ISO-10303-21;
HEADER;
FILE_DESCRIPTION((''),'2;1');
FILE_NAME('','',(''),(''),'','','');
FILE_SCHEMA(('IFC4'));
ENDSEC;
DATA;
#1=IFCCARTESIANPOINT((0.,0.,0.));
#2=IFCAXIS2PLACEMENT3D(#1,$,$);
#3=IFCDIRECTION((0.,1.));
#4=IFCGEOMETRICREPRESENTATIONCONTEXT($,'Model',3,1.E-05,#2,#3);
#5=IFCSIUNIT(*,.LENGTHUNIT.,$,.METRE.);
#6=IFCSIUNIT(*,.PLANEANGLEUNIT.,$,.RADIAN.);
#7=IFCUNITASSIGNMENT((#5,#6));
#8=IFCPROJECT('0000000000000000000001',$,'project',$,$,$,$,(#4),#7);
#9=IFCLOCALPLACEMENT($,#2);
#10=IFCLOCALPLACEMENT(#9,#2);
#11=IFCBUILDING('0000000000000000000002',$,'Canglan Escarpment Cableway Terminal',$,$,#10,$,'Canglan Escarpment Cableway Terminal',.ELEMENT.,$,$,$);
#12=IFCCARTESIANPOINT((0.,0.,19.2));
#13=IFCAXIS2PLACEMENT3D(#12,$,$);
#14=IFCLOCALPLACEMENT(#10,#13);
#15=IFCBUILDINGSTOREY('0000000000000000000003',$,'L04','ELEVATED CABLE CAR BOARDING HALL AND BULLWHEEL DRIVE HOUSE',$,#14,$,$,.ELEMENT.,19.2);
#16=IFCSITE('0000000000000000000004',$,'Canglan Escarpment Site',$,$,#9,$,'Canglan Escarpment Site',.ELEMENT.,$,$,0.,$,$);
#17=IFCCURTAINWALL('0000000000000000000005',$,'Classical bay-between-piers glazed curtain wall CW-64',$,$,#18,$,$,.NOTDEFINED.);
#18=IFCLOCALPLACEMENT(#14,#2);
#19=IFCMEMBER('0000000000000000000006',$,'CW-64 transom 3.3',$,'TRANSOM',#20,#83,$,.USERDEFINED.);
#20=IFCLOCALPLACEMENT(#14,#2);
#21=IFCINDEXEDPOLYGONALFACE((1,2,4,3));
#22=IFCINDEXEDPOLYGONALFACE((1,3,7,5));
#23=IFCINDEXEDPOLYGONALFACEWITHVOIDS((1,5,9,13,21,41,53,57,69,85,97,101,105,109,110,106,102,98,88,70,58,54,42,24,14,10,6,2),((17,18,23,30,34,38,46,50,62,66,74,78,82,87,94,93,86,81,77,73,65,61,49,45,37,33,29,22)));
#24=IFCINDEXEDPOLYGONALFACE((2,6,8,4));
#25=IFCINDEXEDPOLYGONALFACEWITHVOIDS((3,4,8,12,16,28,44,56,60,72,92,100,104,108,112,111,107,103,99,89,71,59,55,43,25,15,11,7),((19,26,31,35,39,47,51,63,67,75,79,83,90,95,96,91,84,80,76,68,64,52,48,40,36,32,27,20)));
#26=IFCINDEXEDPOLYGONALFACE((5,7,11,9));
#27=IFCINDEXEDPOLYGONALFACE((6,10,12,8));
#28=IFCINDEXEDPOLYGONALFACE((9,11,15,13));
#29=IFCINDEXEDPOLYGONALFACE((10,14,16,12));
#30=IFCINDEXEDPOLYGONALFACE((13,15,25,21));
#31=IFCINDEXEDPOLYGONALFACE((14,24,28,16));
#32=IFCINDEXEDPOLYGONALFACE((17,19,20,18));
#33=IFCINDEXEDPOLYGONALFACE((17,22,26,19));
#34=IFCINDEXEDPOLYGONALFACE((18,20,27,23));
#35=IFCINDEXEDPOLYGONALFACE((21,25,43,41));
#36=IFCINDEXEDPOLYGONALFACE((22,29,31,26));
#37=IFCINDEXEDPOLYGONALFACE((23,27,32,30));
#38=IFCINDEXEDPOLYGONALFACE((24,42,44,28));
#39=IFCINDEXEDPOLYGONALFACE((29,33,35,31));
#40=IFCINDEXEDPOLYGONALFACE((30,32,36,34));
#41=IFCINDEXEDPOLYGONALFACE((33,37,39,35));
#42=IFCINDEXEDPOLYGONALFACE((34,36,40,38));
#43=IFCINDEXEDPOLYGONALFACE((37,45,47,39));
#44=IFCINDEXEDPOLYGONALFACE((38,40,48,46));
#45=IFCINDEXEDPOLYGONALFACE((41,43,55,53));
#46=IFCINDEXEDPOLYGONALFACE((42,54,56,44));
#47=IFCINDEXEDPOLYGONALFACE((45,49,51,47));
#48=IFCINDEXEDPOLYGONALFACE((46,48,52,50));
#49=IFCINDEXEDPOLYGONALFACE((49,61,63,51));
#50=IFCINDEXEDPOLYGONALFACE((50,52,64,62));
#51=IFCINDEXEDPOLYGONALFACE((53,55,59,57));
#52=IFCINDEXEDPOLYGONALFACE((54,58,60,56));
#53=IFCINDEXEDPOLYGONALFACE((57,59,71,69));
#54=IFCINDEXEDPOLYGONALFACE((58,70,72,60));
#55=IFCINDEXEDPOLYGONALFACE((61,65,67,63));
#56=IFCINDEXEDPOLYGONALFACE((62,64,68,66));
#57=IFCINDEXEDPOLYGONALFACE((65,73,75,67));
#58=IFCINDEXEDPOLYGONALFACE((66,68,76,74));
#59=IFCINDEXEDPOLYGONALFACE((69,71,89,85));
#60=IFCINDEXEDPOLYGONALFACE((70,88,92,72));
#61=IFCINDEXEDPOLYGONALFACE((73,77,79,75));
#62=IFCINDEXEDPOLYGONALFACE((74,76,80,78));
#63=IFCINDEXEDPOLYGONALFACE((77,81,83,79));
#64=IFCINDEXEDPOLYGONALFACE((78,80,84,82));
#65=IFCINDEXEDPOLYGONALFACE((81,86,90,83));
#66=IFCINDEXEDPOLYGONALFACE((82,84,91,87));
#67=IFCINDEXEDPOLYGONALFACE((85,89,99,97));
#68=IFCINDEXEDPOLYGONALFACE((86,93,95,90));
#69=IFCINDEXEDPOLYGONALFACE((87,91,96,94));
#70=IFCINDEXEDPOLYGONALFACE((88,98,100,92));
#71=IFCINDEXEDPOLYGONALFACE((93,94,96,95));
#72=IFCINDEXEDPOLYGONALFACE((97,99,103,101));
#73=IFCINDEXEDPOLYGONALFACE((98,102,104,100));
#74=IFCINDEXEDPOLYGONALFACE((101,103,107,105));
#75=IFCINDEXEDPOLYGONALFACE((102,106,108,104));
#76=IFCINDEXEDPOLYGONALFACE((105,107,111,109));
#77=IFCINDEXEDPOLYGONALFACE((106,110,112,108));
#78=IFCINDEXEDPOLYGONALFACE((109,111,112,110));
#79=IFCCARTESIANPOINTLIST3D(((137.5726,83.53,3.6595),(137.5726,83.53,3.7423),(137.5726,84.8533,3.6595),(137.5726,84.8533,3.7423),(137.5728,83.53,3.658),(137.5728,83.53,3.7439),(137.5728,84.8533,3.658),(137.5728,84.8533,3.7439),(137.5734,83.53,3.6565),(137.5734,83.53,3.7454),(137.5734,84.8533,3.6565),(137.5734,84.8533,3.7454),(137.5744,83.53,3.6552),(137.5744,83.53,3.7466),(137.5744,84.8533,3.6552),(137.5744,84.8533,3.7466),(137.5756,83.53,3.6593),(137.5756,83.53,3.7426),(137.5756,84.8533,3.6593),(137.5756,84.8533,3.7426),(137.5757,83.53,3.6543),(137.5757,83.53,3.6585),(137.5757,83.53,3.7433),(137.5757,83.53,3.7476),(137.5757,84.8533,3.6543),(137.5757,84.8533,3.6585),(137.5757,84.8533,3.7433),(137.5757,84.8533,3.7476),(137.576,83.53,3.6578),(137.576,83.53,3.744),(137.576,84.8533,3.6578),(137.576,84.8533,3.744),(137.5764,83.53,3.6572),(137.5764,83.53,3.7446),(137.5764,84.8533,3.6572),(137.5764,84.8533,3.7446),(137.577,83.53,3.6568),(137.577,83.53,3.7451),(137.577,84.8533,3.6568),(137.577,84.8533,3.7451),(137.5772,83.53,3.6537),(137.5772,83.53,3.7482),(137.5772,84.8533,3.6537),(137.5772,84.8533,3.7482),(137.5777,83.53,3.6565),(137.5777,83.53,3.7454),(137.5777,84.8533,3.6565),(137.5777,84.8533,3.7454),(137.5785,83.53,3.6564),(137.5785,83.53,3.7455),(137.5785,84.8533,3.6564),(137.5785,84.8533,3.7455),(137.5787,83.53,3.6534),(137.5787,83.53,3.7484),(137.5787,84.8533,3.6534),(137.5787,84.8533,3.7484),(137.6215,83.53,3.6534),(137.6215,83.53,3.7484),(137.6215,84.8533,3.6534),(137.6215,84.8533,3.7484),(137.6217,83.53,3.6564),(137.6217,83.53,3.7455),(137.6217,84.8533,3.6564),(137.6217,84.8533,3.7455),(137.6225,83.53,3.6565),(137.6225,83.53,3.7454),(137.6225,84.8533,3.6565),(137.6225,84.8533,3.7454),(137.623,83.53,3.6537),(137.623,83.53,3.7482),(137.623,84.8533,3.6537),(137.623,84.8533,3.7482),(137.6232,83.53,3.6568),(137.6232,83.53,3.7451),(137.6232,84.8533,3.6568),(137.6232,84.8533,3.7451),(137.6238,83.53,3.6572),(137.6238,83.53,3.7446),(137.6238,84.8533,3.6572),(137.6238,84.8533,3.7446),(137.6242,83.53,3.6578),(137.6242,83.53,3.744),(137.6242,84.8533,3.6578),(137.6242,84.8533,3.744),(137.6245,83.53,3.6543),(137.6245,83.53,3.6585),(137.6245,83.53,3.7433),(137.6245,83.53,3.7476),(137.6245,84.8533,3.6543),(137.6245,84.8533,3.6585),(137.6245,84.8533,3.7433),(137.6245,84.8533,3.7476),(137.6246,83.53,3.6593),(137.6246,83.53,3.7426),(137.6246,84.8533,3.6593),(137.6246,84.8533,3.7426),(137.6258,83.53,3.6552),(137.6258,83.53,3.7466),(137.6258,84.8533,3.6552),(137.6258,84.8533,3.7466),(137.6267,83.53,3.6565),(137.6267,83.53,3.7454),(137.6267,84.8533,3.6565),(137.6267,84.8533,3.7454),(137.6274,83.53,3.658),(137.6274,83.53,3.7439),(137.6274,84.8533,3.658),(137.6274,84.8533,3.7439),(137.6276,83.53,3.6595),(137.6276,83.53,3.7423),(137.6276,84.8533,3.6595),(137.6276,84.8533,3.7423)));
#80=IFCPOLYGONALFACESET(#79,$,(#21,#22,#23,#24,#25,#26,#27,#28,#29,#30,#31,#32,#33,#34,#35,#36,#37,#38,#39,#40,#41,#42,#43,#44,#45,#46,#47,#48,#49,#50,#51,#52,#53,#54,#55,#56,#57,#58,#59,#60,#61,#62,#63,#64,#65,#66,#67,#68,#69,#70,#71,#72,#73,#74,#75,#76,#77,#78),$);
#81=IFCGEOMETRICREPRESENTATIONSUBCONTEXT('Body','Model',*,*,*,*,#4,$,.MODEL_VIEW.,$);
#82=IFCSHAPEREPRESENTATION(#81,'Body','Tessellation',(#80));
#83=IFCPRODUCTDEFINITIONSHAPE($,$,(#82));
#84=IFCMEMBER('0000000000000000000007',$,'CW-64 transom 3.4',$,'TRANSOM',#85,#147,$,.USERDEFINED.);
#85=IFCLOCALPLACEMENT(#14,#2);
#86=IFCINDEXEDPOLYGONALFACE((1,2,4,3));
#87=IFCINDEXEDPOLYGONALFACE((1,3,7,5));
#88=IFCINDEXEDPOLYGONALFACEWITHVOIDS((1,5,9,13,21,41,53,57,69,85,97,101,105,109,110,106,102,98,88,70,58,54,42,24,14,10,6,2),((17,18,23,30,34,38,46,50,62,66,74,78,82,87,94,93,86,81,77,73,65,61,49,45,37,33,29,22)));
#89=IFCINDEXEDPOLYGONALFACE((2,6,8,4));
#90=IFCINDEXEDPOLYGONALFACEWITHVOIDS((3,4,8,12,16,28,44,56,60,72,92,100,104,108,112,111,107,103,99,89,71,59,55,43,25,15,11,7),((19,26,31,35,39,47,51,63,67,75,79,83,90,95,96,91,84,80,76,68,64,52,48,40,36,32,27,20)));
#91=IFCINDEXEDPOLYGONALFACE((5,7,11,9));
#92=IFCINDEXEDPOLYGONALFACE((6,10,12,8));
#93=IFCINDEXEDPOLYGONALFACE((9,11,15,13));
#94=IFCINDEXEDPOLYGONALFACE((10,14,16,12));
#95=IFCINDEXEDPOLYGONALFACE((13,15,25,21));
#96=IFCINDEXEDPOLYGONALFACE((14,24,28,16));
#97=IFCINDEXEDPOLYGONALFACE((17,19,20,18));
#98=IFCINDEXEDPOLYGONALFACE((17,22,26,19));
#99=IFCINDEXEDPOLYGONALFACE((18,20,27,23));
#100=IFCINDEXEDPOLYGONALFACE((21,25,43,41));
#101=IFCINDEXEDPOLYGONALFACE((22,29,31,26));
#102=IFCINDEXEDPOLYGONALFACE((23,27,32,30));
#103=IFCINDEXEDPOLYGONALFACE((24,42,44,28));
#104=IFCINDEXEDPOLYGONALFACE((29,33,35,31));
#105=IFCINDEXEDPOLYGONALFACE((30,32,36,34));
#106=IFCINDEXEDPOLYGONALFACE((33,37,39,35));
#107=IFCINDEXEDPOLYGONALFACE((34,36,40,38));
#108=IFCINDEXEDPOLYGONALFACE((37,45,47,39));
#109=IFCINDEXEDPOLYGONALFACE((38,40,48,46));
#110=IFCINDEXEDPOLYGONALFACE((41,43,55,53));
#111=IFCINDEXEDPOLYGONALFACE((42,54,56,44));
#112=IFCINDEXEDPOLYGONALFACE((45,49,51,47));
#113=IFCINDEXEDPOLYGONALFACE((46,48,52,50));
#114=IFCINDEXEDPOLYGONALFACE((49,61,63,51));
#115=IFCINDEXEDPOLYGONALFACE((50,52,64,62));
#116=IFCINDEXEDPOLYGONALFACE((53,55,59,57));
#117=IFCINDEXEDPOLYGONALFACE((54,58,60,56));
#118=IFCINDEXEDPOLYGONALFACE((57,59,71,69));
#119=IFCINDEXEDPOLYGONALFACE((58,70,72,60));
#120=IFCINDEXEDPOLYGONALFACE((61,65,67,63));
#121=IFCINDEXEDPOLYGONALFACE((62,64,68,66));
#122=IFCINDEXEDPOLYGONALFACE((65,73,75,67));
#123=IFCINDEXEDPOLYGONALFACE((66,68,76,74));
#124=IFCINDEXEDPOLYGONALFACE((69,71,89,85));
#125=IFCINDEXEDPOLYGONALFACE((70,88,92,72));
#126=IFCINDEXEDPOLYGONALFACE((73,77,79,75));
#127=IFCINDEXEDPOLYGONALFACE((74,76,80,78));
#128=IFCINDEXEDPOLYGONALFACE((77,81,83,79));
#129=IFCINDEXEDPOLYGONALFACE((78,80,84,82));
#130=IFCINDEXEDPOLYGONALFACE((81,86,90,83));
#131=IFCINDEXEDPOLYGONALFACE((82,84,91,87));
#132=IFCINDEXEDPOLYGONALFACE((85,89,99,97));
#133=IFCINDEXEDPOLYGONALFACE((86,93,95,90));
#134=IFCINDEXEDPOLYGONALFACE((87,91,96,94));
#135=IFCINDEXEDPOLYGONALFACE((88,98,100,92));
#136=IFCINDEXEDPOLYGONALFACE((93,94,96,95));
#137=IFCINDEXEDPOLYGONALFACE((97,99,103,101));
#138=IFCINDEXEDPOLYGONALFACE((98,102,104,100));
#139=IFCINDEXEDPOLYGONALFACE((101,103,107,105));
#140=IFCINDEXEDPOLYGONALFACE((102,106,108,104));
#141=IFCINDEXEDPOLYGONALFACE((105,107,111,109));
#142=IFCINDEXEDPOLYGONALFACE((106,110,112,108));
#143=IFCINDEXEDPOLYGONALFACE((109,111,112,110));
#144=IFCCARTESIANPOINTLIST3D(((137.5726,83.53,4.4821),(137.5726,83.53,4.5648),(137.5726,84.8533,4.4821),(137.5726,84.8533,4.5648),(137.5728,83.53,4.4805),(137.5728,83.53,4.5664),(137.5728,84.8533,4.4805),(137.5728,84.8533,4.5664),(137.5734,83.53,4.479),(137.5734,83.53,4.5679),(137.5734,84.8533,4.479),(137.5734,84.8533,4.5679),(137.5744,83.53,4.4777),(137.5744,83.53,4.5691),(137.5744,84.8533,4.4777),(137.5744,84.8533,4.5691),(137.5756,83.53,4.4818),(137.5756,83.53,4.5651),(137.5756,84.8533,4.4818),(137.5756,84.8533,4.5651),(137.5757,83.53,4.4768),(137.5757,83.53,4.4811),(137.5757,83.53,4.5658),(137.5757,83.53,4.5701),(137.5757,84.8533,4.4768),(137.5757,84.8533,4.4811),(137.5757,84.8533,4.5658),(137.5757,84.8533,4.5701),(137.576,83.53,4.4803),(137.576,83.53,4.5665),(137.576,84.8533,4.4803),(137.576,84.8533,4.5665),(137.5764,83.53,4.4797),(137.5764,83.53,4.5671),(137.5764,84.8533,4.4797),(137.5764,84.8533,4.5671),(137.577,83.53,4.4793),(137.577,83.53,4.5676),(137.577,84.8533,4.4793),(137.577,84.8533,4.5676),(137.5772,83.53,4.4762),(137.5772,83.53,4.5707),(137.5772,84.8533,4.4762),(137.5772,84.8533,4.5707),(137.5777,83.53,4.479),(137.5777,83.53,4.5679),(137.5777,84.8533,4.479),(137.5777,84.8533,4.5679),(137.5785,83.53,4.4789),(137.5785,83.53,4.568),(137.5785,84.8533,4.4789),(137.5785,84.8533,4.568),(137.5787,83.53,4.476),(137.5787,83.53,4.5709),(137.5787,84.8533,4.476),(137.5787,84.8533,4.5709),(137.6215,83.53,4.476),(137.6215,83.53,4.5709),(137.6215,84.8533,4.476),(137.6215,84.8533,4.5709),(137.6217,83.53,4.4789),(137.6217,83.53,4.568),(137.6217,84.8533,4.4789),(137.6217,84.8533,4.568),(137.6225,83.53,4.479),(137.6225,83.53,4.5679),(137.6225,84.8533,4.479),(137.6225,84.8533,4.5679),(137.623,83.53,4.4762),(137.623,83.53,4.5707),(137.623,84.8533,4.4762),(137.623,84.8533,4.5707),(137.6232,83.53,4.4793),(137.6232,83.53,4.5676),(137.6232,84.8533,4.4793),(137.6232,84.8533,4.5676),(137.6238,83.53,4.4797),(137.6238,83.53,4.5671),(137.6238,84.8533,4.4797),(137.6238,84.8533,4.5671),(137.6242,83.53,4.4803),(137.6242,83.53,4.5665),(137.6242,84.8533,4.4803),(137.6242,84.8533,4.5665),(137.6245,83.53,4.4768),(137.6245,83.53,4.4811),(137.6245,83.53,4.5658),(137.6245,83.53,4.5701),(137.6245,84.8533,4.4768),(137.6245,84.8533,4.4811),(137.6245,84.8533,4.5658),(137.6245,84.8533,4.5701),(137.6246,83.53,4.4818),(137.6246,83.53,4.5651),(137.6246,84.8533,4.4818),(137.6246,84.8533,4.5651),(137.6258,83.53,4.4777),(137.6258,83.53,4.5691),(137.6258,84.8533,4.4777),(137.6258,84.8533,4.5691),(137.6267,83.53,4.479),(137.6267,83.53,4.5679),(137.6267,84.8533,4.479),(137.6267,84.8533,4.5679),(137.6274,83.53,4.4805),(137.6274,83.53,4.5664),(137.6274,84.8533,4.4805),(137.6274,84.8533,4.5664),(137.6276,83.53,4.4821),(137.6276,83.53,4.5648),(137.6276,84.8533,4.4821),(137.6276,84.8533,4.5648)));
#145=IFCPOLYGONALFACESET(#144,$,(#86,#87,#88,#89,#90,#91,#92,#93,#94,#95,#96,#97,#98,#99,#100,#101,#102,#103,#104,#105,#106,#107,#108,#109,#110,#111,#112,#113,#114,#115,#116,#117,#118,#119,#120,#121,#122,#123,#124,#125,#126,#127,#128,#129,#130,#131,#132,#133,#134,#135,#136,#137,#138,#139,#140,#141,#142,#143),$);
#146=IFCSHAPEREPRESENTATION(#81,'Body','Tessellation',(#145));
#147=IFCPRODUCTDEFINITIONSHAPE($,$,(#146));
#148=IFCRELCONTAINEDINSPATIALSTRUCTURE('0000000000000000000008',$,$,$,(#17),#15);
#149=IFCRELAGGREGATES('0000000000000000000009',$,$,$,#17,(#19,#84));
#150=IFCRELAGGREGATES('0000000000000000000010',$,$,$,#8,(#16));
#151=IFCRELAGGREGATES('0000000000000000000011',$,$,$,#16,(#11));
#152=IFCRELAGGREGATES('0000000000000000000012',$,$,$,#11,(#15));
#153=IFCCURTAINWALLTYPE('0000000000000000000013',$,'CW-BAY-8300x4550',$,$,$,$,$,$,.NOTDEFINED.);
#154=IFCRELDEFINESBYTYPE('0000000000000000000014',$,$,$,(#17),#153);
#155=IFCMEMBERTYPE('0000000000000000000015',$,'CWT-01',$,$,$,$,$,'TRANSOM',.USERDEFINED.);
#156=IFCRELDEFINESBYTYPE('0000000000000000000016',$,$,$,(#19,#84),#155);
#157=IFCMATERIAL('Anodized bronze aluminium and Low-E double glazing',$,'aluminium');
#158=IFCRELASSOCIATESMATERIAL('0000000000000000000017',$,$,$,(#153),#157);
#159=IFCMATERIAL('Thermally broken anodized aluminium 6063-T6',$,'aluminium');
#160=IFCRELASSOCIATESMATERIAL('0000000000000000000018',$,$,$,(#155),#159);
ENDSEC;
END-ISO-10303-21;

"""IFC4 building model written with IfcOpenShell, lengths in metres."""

from ifc_helpers import new_model, si_unit, direction, frame, origin, origin_2d, place, context, subcontext, project, spatial, hollow_rectangle, extrude, material, material_profile, profile_set, type_object, element, aggregate, save


model = new_model("IFC4")

# Units and contexts
model_context = context("Model", 3, precision=1e-05, world=origin(), true_north=direction((0.0, 1.0)))
body_context = subcontext(model_context, "Body", "Model", "MODEL_VIEW")
ifc_project = project(units=[si_unit("LENGTHUNIT", "METRE"), si_unit("PLANEANGLEUNIT", "RADIAN")], contexts=[model_context])

# Site, building, storey
site_placement = place(None, origin())
site = spatial("IfcSite", under=ifc_project, at=site_placement, Name="Canglan Escarpment Site", LongName="Canglan Escarpment Site", CompositionType="ELEMENT", RefElevation=0.0)
building_placement = place(site_placement, origin())
building = spatial("IfcBuilding", under=site, at=building_placement, Name="Canglan Escarpment Cableway Terminal", LongName="Canglan Escarpment Cableway Terminal", CompositionType="ELEMENT")
storey_placement = place(building_placement, frame((0.0, 0.0, 19.2)))
storey = spatial("IfcBuildingStorey", under=building, at=storey_placement, Name="L04", Description="ELEVATED CABLE CAR BOARDING HALL AND BULLWHEEL DRIVE HOUSE", CompositionType="ELEMENT", Elevation=19.2)

# Curtain wall, members
ifc_material_1 = material(Name="Anodized bronze aluminium and Low-E double glazing", Category="aluminium")
curtain_wall_type = type_object("IfcCurtainWallType", Name="CW-BAY-8300x4550", PredefinedType="NOTDEFINED", material=ifc_material_1)
curtain_wall_placement = place(storey_placement, origin())
curtain_wall = element("IfcCurtainWall", 1, at=curtain_wall_placement, inside=storey, type_object=curtain_wall_type, Name="Classical bay-between-piers glazed curtain wall CW-64", PredefinedType="NOTDEFINED")
ifc_material_2 = material(Name="Thermally broken anodized aluminium 6063-T6", Category="aluminium")
ifc_material_profile_1 = material_profile(ifc_material_2, hollow_rectangle(XDim=0.0549, YDim=0.095, WallThickness=0.0029, InnerFilletRadius=0.0029, OuterFilletRadius=0.0061, at=origin_2d()), Name="ALU-TRAN 55x95x3")
ifc_profile_set_1 = profile_set([ifc_material_profile_1], Name="Thermally broken anodized aluminium 6063-T6")
member_type_1 = type_object("IfcMemberType", Name="CWT-01", ElementType="TRANSOM", PredefinedType="USERDEFINED", material=ifc_profile_set_1)
member_1_placement = place(storey_placement, frame((137.6001, 84.8533, 3.7009), z_axis=(0.0, -1.0, 0.0), x_axis=(1.0, 0.0, 0.0)))
member_1 = element("IfcMember", 2, at=member_1_placement, type_object=member_type_1, Name="CW-64 transom 3.3", ObjectType="TRANSOM", PredefinedType="USERDEFINED", context=body_context, shape_type="SweptSolid", body=[
    extrude(hollow_rectangle(XDim=0.0549, YDim=0.095, WallThickness=0.0029, InnerFilletRadius=0.0029, OuterFilletRadius=0.0061, at=origin_2d()), origin(), (0.0, 0.0, 1.0), 1.3232),
])
member_2_placement = place(storey_placement, frame((137.6001, 84.8533, 4.5234), z_axis=(0.0, -1.0, 0.0), x_axis=(1.0, 0.0, 0.0)))
member_2 = element("IfcMember", 3, at=member_2_placement, type_object=member_type_1, Name="CW-64 transom 3.4", ObjectType="TRANSOM", PredefinedType="USERDEFINED", context=body_context, shape_type="SweptSolid", body=[
    extrude(hollow_rectangle(XDim=0.0549, YDim=0.095, WallThickness=0.0029, InnerFilletRadius=0.0029, OuterFilletRadius=0.0061, at=origin_2d()), origin(), (0.0, 0.0, 1.0), 1.3232),
])
aggregate(curtain_wall, [member_1, member_2])

save(model, "model.ifc")
